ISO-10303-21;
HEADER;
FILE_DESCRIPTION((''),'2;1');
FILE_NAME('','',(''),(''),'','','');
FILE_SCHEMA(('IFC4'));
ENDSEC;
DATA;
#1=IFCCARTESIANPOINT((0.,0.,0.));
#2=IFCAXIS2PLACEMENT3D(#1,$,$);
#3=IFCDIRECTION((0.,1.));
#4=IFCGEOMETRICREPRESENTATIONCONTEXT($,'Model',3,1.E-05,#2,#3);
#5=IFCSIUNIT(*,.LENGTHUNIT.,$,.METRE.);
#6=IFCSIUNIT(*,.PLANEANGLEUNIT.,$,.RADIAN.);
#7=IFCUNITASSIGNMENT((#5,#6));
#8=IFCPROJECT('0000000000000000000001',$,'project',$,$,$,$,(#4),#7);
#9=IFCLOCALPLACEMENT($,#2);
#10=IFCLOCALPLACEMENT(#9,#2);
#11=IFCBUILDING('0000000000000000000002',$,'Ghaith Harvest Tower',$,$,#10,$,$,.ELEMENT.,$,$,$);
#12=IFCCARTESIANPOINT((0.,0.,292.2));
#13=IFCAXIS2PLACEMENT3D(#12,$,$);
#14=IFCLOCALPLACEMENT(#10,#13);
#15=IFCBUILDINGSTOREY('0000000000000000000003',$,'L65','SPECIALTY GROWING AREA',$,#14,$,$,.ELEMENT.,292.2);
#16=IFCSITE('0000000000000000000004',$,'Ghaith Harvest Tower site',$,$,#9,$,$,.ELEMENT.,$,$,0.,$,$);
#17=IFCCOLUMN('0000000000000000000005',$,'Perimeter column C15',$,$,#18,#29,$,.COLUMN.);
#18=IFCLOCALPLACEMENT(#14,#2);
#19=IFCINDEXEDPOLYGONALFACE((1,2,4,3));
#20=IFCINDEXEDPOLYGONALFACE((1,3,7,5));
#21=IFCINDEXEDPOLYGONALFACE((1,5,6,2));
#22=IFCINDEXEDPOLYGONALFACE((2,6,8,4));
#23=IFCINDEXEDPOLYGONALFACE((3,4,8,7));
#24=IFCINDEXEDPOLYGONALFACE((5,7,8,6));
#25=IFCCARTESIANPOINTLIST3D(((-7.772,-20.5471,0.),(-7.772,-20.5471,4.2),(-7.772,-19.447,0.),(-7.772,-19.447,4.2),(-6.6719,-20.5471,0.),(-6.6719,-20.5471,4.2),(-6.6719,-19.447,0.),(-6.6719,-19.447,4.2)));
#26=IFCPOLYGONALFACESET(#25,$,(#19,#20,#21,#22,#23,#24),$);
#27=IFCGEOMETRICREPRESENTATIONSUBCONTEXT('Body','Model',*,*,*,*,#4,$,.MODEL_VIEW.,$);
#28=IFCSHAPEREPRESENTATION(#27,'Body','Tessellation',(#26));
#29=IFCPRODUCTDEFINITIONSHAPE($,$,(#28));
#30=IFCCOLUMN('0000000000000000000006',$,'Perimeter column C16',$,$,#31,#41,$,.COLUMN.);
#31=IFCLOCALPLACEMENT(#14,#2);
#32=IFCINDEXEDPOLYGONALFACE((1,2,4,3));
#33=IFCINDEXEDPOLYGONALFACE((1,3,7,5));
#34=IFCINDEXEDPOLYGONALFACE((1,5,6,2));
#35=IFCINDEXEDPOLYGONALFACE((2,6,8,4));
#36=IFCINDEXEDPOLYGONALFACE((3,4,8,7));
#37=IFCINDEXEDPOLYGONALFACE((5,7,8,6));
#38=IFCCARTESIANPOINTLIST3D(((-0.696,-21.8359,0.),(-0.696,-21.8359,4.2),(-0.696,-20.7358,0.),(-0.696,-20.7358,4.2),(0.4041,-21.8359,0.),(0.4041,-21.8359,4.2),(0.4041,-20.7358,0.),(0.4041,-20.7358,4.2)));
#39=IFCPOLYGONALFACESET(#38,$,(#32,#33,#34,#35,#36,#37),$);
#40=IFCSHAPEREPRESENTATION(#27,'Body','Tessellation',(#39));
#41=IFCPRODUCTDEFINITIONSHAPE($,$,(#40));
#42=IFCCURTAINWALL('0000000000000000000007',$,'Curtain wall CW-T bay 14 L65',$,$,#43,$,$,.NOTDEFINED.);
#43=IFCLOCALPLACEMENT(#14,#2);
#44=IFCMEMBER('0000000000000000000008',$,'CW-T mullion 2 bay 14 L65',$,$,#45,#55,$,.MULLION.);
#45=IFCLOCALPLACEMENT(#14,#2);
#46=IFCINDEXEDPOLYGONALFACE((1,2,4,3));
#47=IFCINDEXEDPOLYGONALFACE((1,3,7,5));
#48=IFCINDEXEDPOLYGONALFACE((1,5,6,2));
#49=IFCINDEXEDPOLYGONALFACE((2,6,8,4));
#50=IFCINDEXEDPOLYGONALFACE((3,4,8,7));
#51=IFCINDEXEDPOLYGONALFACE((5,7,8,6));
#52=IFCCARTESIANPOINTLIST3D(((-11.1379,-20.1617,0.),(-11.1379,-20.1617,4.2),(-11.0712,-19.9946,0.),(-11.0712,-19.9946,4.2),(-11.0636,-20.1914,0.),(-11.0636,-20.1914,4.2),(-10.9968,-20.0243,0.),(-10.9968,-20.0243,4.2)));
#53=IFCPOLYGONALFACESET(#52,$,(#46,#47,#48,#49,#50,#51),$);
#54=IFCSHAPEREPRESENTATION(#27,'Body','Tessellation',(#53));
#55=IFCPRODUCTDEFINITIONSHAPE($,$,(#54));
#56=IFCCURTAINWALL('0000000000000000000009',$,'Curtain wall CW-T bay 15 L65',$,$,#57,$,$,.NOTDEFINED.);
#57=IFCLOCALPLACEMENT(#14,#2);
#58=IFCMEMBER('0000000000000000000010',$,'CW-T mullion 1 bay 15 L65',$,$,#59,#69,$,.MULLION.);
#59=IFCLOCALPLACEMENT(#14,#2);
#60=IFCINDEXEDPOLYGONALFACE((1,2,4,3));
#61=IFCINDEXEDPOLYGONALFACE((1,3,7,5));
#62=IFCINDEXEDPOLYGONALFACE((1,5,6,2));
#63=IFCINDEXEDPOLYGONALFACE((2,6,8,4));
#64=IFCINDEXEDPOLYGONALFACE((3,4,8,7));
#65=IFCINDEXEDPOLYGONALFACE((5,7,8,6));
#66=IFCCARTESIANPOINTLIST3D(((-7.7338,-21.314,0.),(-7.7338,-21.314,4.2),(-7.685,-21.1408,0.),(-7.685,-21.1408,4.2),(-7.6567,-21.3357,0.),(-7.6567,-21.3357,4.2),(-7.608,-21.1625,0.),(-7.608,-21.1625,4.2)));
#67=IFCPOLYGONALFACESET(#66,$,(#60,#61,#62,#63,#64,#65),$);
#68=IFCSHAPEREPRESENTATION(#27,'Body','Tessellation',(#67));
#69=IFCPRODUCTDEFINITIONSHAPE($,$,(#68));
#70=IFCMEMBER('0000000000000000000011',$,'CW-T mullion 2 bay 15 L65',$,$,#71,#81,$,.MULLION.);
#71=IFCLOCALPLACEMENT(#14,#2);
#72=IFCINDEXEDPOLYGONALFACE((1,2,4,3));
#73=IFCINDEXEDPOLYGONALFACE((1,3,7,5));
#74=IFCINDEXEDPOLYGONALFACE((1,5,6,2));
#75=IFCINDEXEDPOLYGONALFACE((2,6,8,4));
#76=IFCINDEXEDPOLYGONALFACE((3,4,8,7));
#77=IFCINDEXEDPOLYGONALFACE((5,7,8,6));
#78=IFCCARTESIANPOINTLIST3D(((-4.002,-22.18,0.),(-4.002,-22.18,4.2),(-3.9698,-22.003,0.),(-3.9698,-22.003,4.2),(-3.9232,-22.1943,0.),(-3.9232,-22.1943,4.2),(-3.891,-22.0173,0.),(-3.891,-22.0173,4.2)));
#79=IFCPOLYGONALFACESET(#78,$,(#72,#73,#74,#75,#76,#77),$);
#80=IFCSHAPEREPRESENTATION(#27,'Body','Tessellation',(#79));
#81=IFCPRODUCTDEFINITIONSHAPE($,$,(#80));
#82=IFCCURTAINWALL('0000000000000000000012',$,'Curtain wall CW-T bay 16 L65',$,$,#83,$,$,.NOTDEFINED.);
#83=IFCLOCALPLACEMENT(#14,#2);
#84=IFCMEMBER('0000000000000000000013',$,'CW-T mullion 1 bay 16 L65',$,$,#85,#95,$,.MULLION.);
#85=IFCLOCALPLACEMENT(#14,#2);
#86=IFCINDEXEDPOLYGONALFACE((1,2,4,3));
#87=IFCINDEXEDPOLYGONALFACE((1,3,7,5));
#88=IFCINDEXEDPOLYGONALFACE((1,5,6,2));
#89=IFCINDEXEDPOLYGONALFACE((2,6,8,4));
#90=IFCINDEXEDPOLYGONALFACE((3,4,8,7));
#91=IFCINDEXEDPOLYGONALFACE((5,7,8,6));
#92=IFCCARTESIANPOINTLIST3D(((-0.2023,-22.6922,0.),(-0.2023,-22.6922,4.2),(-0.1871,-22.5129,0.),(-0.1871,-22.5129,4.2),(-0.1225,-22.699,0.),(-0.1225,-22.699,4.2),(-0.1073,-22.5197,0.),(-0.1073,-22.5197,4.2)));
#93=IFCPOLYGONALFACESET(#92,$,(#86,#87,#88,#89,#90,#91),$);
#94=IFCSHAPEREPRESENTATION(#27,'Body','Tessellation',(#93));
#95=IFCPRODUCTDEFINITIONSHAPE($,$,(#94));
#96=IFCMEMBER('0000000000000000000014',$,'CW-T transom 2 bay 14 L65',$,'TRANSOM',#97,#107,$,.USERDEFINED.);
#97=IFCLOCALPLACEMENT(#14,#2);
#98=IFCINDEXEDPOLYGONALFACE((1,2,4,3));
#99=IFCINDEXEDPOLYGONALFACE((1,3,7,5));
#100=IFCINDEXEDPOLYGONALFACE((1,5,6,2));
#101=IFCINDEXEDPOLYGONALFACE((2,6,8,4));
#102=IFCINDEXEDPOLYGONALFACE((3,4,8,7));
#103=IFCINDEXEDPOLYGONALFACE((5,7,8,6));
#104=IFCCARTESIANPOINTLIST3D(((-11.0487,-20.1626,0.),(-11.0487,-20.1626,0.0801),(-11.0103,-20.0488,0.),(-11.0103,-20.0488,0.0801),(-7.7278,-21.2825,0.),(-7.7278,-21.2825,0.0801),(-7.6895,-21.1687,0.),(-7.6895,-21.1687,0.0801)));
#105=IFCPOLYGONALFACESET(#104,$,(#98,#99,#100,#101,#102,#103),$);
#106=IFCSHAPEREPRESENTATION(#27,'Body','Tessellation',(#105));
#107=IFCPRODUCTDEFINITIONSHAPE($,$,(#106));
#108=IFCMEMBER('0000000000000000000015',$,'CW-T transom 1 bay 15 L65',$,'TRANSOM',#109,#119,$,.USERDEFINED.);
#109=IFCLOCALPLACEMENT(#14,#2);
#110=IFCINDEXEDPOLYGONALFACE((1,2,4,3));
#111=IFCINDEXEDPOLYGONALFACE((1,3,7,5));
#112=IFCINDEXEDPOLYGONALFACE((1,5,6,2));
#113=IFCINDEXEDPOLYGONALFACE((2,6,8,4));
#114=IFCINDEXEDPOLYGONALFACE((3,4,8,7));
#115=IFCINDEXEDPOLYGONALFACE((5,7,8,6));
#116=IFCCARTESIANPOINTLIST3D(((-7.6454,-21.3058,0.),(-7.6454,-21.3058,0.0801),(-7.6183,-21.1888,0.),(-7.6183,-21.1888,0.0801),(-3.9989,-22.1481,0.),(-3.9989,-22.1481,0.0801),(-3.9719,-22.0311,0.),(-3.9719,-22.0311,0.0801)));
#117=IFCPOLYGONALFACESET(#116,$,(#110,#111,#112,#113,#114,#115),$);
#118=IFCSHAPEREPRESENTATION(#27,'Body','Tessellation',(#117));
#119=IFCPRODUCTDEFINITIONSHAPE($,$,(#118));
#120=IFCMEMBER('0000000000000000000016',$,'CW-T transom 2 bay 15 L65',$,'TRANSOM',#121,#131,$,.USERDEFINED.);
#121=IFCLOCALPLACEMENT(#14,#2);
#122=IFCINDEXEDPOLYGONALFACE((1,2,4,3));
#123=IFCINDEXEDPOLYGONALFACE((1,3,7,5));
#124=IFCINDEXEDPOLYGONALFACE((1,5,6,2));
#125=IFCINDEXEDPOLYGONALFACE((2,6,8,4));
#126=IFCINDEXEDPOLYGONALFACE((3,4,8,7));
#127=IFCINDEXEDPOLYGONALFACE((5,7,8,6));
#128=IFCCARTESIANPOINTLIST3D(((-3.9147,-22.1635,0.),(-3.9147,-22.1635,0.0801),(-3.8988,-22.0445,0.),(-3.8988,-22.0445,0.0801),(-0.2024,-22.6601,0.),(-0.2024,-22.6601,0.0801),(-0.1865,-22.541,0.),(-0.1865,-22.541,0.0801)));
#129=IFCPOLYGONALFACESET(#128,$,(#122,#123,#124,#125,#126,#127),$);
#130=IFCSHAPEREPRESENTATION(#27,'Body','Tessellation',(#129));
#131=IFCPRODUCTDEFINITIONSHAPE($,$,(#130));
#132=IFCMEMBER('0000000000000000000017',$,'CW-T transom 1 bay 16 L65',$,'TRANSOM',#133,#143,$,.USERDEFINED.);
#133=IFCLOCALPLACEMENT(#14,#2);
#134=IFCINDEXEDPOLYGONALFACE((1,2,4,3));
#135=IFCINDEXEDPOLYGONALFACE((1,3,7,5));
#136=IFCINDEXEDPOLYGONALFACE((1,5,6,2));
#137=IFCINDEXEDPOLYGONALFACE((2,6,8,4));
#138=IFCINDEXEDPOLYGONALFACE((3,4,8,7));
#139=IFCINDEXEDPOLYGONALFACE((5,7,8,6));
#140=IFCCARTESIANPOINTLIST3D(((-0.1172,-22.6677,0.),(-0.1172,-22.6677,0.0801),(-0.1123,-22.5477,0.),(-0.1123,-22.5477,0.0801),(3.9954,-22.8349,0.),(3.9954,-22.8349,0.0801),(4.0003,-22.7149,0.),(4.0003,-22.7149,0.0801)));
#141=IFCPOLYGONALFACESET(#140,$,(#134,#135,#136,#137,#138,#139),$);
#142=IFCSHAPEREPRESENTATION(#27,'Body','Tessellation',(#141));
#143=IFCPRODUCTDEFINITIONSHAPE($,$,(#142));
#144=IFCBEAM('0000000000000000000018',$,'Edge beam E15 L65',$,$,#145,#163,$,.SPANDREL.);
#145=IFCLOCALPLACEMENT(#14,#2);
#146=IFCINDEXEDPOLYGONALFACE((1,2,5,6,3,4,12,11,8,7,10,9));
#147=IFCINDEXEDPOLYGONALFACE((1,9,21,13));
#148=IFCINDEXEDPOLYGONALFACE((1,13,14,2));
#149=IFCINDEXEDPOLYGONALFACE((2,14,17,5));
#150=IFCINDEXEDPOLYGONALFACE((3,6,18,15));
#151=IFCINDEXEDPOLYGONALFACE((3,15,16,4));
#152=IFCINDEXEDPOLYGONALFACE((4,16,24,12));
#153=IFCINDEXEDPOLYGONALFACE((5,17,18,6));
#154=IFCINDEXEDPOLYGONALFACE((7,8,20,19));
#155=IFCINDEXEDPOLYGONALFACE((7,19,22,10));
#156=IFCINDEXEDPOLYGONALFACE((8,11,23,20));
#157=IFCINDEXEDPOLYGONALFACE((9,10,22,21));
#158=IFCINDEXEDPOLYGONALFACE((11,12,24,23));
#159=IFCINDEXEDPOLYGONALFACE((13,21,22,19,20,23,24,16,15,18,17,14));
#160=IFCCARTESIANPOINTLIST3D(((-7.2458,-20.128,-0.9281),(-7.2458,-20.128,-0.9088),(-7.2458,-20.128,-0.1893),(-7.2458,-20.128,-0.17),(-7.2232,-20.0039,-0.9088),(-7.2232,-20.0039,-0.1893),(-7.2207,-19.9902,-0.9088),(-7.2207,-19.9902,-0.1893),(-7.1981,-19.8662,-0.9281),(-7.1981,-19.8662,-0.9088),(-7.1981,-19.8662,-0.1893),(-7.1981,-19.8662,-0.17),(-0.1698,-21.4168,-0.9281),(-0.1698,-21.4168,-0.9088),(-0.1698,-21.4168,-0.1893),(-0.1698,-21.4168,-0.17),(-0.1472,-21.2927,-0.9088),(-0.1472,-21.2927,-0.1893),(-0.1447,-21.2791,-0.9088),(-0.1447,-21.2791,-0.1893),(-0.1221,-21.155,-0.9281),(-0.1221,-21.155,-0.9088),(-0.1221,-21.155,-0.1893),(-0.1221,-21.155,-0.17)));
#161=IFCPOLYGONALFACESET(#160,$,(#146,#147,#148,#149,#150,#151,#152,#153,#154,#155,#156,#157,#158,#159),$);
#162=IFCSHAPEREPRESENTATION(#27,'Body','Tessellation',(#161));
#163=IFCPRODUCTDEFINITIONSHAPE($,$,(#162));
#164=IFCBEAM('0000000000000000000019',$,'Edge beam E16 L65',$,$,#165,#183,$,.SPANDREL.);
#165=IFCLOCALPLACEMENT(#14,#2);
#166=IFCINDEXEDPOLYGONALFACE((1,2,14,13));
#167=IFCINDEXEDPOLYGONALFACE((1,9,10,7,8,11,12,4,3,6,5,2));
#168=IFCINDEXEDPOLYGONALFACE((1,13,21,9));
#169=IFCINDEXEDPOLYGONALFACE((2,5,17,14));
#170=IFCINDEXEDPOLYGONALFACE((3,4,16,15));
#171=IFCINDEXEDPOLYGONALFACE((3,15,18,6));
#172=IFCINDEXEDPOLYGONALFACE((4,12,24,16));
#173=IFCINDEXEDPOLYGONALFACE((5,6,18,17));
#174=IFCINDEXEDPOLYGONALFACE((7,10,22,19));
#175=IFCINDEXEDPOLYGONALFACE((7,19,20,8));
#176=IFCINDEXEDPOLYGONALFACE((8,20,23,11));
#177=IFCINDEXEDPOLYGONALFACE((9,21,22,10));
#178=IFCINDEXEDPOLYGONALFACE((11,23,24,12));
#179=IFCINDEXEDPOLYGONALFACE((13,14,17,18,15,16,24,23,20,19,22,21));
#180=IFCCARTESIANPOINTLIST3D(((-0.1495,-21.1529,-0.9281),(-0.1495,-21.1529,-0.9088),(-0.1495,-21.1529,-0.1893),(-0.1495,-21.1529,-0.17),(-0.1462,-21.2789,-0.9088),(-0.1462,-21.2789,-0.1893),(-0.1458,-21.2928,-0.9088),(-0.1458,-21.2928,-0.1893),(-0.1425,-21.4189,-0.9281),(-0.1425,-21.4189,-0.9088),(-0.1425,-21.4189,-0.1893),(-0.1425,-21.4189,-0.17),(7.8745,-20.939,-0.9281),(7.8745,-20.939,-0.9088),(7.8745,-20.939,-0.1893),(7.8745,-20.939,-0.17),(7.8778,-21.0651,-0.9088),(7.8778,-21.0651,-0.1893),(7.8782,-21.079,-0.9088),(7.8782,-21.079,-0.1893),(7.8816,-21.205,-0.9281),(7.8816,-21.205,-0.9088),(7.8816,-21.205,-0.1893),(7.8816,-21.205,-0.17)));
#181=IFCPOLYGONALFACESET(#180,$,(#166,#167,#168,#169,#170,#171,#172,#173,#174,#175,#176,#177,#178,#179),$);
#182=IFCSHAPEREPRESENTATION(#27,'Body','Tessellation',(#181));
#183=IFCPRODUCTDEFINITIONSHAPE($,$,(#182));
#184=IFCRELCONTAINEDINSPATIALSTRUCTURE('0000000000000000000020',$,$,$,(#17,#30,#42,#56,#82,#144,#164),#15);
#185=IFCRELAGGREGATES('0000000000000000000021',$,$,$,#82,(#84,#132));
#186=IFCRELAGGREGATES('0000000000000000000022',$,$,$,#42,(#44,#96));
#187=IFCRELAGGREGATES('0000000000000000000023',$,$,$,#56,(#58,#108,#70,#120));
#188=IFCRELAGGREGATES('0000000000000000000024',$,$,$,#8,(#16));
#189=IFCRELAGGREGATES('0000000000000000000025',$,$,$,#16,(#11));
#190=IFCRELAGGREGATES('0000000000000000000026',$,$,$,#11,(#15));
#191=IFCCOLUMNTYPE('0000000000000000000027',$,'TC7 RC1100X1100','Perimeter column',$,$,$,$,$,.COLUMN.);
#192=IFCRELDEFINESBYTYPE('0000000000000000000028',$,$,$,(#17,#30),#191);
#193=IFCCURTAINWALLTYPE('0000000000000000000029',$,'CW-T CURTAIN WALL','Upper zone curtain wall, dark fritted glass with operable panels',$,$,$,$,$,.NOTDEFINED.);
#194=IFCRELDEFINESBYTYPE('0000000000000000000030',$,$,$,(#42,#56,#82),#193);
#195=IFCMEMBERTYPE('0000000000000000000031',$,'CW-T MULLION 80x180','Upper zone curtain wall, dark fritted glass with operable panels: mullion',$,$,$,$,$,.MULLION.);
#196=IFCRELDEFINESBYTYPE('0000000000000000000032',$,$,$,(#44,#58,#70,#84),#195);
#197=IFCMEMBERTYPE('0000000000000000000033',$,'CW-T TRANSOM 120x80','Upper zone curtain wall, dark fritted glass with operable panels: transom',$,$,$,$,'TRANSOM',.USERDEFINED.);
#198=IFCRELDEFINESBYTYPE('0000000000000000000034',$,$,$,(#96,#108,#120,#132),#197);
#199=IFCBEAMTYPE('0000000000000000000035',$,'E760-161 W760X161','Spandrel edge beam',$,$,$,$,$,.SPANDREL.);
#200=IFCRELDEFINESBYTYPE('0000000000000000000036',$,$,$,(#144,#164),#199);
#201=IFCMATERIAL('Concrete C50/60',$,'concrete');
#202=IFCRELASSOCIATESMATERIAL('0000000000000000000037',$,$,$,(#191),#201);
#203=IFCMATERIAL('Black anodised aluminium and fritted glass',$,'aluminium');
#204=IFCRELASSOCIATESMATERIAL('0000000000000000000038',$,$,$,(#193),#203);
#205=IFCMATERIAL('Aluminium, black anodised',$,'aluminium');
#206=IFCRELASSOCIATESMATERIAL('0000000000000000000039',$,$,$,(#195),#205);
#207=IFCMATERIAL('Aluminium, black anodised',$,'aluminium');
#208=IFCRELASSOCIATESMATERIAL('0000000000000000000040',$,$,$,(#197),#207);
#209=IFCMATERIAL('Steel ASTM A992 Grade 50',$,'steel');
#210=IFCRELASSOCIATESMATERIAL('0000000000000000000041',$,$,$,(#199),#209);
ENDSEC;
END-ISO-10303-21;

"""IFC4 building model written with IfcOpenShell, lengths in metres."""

from ifc_helpers import new_model, si_unit, direction, frame, origin, origin_2d, place, context, subcontext, project, spatial, rectangle, i_section, extrude, material, material_profile, profile_set, type_object, element, aggregate, save


model = new_model("IFC4")

# Units and contexts
model_context = context("Model", 3, precision=1e-05, world=origin(), true_north=direction((0.0, 1.0)))
body_context = subcontext(model_context, "Body", "Model", "MODEL_VIEW")
ifc_project = project(units=[si_unit("LENGTHUNIT", "METRE"), si_unit("PLANEANGLEUNIT", "RADIAN")], contexts=[model_context])

# Site, building, storey
site_placement = place(None, origin())
site = spatial("IfcSite", under=ifc_project, at=site_placement, Name="Ghaith Harvest Tower site", CompositionType="ELEMENT", RefElevation=0.0)
building_placement = place(site_placement, origin())
building = spatial("IfcBuilding", under=site, at=building_placement, Name="Ghaith Harvest Tower", CompositionType="ELEMENT")
storey_placement = place(building_placement, frame((0.0, 0.0, 292.2)))
storey = spatial("IfcBuildingStorey", under=building, at=storey_placement, Name="L65", Description="SPECIALTY GROWING AREA", CompositionType="ELEMENT", Elevation=292.2)

# Columns
ifc_material_1 = material(Name="Concrete C50/60", Category="concrete")
ifc_material_profile_1 = material_profile(ifc_material_1, rectangle(XDim=1.1001, YDim=1.1001, at=origin_2d()), Name="RC1100X1100")
ifc_profile_set_1 = profile_set([ifc_material_profile_1], Name="Concrete C50/60")
column_type = type_object("IfcColumnType", Name="TC7 RC1100X1100", Description="Perimeter column", PredefinedType="COLUMN", material=ifc_profile_set_1)
for number, where, z_axis, x_axis, name in (
    (1, (-7.2219, -19.9971, 0.0), (0.0, 0.0, 1.0), (1.0, 0.0, 0.0), "Perimeter column C15"),
    (2, (-0.146, -21.2859, 0.0), (0.0, 0.0, 1.0), (1.0, 0.0, 0.0), "Perimeter column C16"),
):
    element("IfcColumn", number, at=place(storey_placement, frame(where, z_axis=z_axis, x_axis=x_axis)), inside=storey, type_object=column_type, Name=name, PredefinedType="COLUMN", context=body_context, shape_type="SweptSolid", body=[
        extrude(rectangle(XDim=1.1001, YDim=1.1001, at=origin_2d()), origin(), (0.0, 0.0, 1.0), 4.2),
    ])

# Curtain wall, member
ifc_material_2 = material(Name="Black anodised aluminium and fritted glass", Category="aluminium")
curtain_wall_type = type_object("IfcCurtainWallType", Name="CW-T CURTAIN WALL", Description="Upper zone curtain wall, dark fritted glass with operable panels", PredefinedType="NOTDEFINED", material=ifc_material_2)
curtain_wall_1_placement = place(storey_placement, origin())
curtain_wall_1 = element("IfcCurtainWall", 3, at=curtain_wall_1_placement, inside=storey, type_object=curtain_wall_type, Name="Curtain wall CW-T bay 14 L65", PredefinedType="NOTDEFINED")
ifc_material_3 = material(Name="Aluminium, black anodised", Category="aluminium")
ifc_material_profile_2 = material_profile(ifc_material_3, rectangle(XDim=0.0801, YDim=0.1799, at=origin_2d()), Name="CW-T MULLION 80x180")
ifc_profile_set_2 = profile_set([ifc_material_profile_2], Name="Aluminium, black anodised")
member_type_1 = type_object("IfcMemberType", Name="CW-T MULLION 80x180", Description="Upper zone curtain wall, dark fritted glass with operable panels: mullion", PredefinedType="MULLION", material=ifc_profile_set_2)
member_1_placement = place(storey_placement, frame((-11.0674, -20.093, 0.0), z_axis=(0.0, 0.0, 1.0), x_axis=(0.928624, -0.371021, 0.0)))
member_1 = element("IfcMember", 4, at=member_1_placement, type_object=member_type_1, Name="CW-T mullion 2 bay 14 L65", PredefinedType="MULLION", context=body_context, shape_type="SweptSolid", body=[
    extrude(rectangle(XDim=0.0801, YDim=0.1799, at=origin_2d()), origin(), (0.0, 0.0, 1.0), 4.2),
])

# Curtain wall, members
curtain_wall_2_placement = place(storey_placement, origin())
curtain_wall_2 = element("IfcCurtainWall", 5, at=curtain_wall_2_placement, inside=storey, type_object=curtain_wall_type, Name="Curtain wall CW-T bay 15 L65", PredefinedType="NOTDEFINED")
member_2_placement = place(storey_placement, frame((-7.6709, -21.2383, 0.0), z_axis=(0.0, 0.0, 1.0), x_axis=(0.962552, -0.271095, 0.0)))
member_2 = element("IfcMember", 6, at=member_2_placement, type_object=member_type_1, Name="CW-T mullion 1 bay 15 L65", PredefinedType="MULLION", context=body_context, shape_type="SweptSolid", body=[
    extrude(rectangle(XDim=0.0801, YDim=0.1799, at=origin_2d()), origin(), (0.0, 0.0, 1.0), 4.2),
])
member_3_placement = place(storey_placement, frame((-3.9465, -22.0986, 0.0), z_axis=(0.0, 0.0, 1.0), x_axis=(0.983843, -0.179031, 0.0)))
member_3 = element("IfcMember", 7, at=member_3_placement, type_object=member_type_1, Name="CW-T mullion 2 bay 15 L65", PredefinedType="MULLION", context=body_context, shape_type="SweptSolid", body=[
    extrude(rectangle(XDim=0.0801, YDim=0.1799, at=origin_2d()), origin(), (0.0, 0.0, 1.0), 4.2),
])

# Curtain wall, member
curtain_wall_3_placement = place(storey_placement, origin())
curtain_wall_3 = element("IfcCurtainWall", 8, at=curtain_wall_3_placement, inside=storey, type_object=curtain_wall_type, Name="Curtain wall CW-T bay 16 L65", PredefinedType="NOTDEFINED")
member_4_placement = place(storey_placement, frame((-0.1548, -22.606, 0.0), z_axis=(0.0, 0.0, 1.0), x_axis=(0.996415, -0.084602, 0.0)))
member_4 = element("IfcMember", 9, at=member_4_placement, type_object=member_type_1, Name="CW-T mullion 1 bay 16 L65", PredefinedType="MULLION", context=body_context, shape_type="SweptSolid", body=[
    extrude(rectangle(XDim=0.0801, YDim=0.1799, at=origin_2d()), origin(), (0.0, 0.0, 1.0), 4.2),
])

# Members
ifc_material_4 = material(Name="Aluminium, black anodised", Category="aluminium")
ifc_material_profile_3 = material_profile(ifc_material_4, rectangle(XDim=0.1201, YDim=0.0801, at=origin_2d()), Name="CW-T TRANSOM 120x80")
ifc_profile_set_3 = profile_set([ifc_material_profile_3], Name="Aluminium, black anodised")
member_type_2 = type_object("IfcMemberType", Name="CW-T TRANSOM 120x80", Description="Upper zone curtain wall, dark fritted glass with operable panels: transom", ElementType="TRANSOM", PredefinedType="USERDEFINED", material=ifc_profile_set_3)
member_5_placement = place(storey_placement, frame((-11.0295, -20.1057, 0.04), z_axis=(0.94757, -0.319549, 0.0), x_axis=(0.319549, 0.94757, 0.0)))
member_5 = element("IfcMember", 10, at=member_5_placement, type_object=member_type_2, Name="CW-T transom 2 bay 14 L65", ObjectType="TRANSOM", PredefinedType="USERDEFINED", context=body_context, shape_type="SweptSolid", body=[
    extrude(rectangle(XDim=0.1201, YDim=0.0801, at=origin_2d()), origin(), (0.0, 0.0, 1.0), 3.5046),
])
member_6_placement = place(storey_placement, frame((-7.6318, -21.2473, 0.04), z_axis=(0.974345, -0.22506, 0.0), x_axis=(0.22506, 0.974345, 0.0)))
member_6 = element("IfcMember", 11, at=member_6_placement, type_object=member_type_2, Name="CW-T transom 1 bay 15 L65", ObjectType="TRANSOM", PredefinedType="USERDEFINED", context=body_context, shape_type="SweptSolid", body=[
    extrude(rectangle(XDim=0.1201, YDim=0.0801, at=origin_2d()), origin(), (0.0, 0.0, 1.0), 3.7424),
])
member_7_placement = place(storey_placement, frame((-3.9067, -22.104, 0.04), z_axis=(0.991172, -0.132582, 0.0), x_axis=(0.132582, 0.991172, 0.0)))
member_7 = element("IfcMember", 12, at=member_7_placement, type_object=member_type_2, Name="CW-T transom 2 bay 15 L65", ObjectType="TRANSOM", PredefinedType="USERDEFINED", context=body_context, shape_type="SweptSolid", body=[
    extrude(rectangle(XDim=0.1201, YDim=0.0801, at=origin_2d()), origin(), (0.0, 0.0, 1.0), 3.7454),
])
member_8_placement = place(storey_placement, frame((-0.1147, -22.6077, 0.04), z_axis=(0.999174, -0.040631, 0.0), x_axis=(0.040631, 0.999174, 0.0)))
member_8 = element("IfcMember", 13, at=member_8_placement, type_object=member_type_2, Name="CW-T transom 1 bay 16 L65", ObjectType="TRANSOM", PredefinedType="USERDEFINED", context=body_context, shape_type="SweptSolid", body=[
    extrude(rectangle(XDim=0.1201, YDim=0.0801, at=origin_2d()), origin(), (0.0, 0.0, 1.0), 4.116),
])
aggregate(curtain_wall_3, [member_4, member_8])

# Beams
ifc_material_5 = material(Name="Steel ASTM A992 Grade 50", Category="steel")
ifc_material_profile_4 = material_profile(ifc_material_5, i_section(OverallWidth=0.2661, OverallDepth=0.7581, WebThickness=0.0139, FlangeThickness=0.0193, at=origin_2d()), Name="W760X161")
ifc_profile_set_4 = profile_set([ifc_material_profile_4], Name="Steel ASTM A992 Grade 50")
beam_type = type_object("IfcBeamType", Name="E760-161 W760X161", Description="Spandrel edge beam", PredefinedType="SPANDREL", material=ifc_profile_set_4)
beam_1_placement = place(storey_placement, frame((-7.2219, -19.9971, -0.5491), z_axis=(0.983814, -0.179193, 0.0), x_axis=(0.179193, 0.983814, 0.0)))
element("IfcBeam", 14, at=beam_1_placement, inside=storey, type_object=beam_type, Name="Edge beam E15 L65", PredefinedType="SPANDREL", context=body_context, shape_type="SweptSolid", body=[
    extrude(i_section(OverallWidth=0.2661, OverallDepth=0.7581, WebThickness=0.0139, FlangeThickness=0.0193, at=origin_2d()), origin(), (0.0, 0.0, 1.0), 7.1924),
])
beam_2_placement = place(storey_placement, frame((-0.146, -21.2859, -0.5491), z_axis=(0.999645, 0.026644, 0.0), x_axis=(-0.026644, 0.999645, 0.0)))
element("IfcBeam", 15, at=beam_2_placement, inside=storey, type_object=beam_type, Name="Edge beam E16 L65", PredefinedType="SPANDREL", context=body_context, shape_type="SweptSolid", body=[
    extrude(i_section(OverallWidth=0.2661, OverallDepth=0.7581, WebThickness=0.0139, FlangeThickness=0.0193, at=origin_2d()), origin(), (0.0, 0.0, 1.0), 8.0269),
])

aggregate(curtain_wall_1, [member_1, member_5])
aggregate(curtain_wall_2, [member_2, member_6, member_3, member_7])

save(model, "model.ifc")
